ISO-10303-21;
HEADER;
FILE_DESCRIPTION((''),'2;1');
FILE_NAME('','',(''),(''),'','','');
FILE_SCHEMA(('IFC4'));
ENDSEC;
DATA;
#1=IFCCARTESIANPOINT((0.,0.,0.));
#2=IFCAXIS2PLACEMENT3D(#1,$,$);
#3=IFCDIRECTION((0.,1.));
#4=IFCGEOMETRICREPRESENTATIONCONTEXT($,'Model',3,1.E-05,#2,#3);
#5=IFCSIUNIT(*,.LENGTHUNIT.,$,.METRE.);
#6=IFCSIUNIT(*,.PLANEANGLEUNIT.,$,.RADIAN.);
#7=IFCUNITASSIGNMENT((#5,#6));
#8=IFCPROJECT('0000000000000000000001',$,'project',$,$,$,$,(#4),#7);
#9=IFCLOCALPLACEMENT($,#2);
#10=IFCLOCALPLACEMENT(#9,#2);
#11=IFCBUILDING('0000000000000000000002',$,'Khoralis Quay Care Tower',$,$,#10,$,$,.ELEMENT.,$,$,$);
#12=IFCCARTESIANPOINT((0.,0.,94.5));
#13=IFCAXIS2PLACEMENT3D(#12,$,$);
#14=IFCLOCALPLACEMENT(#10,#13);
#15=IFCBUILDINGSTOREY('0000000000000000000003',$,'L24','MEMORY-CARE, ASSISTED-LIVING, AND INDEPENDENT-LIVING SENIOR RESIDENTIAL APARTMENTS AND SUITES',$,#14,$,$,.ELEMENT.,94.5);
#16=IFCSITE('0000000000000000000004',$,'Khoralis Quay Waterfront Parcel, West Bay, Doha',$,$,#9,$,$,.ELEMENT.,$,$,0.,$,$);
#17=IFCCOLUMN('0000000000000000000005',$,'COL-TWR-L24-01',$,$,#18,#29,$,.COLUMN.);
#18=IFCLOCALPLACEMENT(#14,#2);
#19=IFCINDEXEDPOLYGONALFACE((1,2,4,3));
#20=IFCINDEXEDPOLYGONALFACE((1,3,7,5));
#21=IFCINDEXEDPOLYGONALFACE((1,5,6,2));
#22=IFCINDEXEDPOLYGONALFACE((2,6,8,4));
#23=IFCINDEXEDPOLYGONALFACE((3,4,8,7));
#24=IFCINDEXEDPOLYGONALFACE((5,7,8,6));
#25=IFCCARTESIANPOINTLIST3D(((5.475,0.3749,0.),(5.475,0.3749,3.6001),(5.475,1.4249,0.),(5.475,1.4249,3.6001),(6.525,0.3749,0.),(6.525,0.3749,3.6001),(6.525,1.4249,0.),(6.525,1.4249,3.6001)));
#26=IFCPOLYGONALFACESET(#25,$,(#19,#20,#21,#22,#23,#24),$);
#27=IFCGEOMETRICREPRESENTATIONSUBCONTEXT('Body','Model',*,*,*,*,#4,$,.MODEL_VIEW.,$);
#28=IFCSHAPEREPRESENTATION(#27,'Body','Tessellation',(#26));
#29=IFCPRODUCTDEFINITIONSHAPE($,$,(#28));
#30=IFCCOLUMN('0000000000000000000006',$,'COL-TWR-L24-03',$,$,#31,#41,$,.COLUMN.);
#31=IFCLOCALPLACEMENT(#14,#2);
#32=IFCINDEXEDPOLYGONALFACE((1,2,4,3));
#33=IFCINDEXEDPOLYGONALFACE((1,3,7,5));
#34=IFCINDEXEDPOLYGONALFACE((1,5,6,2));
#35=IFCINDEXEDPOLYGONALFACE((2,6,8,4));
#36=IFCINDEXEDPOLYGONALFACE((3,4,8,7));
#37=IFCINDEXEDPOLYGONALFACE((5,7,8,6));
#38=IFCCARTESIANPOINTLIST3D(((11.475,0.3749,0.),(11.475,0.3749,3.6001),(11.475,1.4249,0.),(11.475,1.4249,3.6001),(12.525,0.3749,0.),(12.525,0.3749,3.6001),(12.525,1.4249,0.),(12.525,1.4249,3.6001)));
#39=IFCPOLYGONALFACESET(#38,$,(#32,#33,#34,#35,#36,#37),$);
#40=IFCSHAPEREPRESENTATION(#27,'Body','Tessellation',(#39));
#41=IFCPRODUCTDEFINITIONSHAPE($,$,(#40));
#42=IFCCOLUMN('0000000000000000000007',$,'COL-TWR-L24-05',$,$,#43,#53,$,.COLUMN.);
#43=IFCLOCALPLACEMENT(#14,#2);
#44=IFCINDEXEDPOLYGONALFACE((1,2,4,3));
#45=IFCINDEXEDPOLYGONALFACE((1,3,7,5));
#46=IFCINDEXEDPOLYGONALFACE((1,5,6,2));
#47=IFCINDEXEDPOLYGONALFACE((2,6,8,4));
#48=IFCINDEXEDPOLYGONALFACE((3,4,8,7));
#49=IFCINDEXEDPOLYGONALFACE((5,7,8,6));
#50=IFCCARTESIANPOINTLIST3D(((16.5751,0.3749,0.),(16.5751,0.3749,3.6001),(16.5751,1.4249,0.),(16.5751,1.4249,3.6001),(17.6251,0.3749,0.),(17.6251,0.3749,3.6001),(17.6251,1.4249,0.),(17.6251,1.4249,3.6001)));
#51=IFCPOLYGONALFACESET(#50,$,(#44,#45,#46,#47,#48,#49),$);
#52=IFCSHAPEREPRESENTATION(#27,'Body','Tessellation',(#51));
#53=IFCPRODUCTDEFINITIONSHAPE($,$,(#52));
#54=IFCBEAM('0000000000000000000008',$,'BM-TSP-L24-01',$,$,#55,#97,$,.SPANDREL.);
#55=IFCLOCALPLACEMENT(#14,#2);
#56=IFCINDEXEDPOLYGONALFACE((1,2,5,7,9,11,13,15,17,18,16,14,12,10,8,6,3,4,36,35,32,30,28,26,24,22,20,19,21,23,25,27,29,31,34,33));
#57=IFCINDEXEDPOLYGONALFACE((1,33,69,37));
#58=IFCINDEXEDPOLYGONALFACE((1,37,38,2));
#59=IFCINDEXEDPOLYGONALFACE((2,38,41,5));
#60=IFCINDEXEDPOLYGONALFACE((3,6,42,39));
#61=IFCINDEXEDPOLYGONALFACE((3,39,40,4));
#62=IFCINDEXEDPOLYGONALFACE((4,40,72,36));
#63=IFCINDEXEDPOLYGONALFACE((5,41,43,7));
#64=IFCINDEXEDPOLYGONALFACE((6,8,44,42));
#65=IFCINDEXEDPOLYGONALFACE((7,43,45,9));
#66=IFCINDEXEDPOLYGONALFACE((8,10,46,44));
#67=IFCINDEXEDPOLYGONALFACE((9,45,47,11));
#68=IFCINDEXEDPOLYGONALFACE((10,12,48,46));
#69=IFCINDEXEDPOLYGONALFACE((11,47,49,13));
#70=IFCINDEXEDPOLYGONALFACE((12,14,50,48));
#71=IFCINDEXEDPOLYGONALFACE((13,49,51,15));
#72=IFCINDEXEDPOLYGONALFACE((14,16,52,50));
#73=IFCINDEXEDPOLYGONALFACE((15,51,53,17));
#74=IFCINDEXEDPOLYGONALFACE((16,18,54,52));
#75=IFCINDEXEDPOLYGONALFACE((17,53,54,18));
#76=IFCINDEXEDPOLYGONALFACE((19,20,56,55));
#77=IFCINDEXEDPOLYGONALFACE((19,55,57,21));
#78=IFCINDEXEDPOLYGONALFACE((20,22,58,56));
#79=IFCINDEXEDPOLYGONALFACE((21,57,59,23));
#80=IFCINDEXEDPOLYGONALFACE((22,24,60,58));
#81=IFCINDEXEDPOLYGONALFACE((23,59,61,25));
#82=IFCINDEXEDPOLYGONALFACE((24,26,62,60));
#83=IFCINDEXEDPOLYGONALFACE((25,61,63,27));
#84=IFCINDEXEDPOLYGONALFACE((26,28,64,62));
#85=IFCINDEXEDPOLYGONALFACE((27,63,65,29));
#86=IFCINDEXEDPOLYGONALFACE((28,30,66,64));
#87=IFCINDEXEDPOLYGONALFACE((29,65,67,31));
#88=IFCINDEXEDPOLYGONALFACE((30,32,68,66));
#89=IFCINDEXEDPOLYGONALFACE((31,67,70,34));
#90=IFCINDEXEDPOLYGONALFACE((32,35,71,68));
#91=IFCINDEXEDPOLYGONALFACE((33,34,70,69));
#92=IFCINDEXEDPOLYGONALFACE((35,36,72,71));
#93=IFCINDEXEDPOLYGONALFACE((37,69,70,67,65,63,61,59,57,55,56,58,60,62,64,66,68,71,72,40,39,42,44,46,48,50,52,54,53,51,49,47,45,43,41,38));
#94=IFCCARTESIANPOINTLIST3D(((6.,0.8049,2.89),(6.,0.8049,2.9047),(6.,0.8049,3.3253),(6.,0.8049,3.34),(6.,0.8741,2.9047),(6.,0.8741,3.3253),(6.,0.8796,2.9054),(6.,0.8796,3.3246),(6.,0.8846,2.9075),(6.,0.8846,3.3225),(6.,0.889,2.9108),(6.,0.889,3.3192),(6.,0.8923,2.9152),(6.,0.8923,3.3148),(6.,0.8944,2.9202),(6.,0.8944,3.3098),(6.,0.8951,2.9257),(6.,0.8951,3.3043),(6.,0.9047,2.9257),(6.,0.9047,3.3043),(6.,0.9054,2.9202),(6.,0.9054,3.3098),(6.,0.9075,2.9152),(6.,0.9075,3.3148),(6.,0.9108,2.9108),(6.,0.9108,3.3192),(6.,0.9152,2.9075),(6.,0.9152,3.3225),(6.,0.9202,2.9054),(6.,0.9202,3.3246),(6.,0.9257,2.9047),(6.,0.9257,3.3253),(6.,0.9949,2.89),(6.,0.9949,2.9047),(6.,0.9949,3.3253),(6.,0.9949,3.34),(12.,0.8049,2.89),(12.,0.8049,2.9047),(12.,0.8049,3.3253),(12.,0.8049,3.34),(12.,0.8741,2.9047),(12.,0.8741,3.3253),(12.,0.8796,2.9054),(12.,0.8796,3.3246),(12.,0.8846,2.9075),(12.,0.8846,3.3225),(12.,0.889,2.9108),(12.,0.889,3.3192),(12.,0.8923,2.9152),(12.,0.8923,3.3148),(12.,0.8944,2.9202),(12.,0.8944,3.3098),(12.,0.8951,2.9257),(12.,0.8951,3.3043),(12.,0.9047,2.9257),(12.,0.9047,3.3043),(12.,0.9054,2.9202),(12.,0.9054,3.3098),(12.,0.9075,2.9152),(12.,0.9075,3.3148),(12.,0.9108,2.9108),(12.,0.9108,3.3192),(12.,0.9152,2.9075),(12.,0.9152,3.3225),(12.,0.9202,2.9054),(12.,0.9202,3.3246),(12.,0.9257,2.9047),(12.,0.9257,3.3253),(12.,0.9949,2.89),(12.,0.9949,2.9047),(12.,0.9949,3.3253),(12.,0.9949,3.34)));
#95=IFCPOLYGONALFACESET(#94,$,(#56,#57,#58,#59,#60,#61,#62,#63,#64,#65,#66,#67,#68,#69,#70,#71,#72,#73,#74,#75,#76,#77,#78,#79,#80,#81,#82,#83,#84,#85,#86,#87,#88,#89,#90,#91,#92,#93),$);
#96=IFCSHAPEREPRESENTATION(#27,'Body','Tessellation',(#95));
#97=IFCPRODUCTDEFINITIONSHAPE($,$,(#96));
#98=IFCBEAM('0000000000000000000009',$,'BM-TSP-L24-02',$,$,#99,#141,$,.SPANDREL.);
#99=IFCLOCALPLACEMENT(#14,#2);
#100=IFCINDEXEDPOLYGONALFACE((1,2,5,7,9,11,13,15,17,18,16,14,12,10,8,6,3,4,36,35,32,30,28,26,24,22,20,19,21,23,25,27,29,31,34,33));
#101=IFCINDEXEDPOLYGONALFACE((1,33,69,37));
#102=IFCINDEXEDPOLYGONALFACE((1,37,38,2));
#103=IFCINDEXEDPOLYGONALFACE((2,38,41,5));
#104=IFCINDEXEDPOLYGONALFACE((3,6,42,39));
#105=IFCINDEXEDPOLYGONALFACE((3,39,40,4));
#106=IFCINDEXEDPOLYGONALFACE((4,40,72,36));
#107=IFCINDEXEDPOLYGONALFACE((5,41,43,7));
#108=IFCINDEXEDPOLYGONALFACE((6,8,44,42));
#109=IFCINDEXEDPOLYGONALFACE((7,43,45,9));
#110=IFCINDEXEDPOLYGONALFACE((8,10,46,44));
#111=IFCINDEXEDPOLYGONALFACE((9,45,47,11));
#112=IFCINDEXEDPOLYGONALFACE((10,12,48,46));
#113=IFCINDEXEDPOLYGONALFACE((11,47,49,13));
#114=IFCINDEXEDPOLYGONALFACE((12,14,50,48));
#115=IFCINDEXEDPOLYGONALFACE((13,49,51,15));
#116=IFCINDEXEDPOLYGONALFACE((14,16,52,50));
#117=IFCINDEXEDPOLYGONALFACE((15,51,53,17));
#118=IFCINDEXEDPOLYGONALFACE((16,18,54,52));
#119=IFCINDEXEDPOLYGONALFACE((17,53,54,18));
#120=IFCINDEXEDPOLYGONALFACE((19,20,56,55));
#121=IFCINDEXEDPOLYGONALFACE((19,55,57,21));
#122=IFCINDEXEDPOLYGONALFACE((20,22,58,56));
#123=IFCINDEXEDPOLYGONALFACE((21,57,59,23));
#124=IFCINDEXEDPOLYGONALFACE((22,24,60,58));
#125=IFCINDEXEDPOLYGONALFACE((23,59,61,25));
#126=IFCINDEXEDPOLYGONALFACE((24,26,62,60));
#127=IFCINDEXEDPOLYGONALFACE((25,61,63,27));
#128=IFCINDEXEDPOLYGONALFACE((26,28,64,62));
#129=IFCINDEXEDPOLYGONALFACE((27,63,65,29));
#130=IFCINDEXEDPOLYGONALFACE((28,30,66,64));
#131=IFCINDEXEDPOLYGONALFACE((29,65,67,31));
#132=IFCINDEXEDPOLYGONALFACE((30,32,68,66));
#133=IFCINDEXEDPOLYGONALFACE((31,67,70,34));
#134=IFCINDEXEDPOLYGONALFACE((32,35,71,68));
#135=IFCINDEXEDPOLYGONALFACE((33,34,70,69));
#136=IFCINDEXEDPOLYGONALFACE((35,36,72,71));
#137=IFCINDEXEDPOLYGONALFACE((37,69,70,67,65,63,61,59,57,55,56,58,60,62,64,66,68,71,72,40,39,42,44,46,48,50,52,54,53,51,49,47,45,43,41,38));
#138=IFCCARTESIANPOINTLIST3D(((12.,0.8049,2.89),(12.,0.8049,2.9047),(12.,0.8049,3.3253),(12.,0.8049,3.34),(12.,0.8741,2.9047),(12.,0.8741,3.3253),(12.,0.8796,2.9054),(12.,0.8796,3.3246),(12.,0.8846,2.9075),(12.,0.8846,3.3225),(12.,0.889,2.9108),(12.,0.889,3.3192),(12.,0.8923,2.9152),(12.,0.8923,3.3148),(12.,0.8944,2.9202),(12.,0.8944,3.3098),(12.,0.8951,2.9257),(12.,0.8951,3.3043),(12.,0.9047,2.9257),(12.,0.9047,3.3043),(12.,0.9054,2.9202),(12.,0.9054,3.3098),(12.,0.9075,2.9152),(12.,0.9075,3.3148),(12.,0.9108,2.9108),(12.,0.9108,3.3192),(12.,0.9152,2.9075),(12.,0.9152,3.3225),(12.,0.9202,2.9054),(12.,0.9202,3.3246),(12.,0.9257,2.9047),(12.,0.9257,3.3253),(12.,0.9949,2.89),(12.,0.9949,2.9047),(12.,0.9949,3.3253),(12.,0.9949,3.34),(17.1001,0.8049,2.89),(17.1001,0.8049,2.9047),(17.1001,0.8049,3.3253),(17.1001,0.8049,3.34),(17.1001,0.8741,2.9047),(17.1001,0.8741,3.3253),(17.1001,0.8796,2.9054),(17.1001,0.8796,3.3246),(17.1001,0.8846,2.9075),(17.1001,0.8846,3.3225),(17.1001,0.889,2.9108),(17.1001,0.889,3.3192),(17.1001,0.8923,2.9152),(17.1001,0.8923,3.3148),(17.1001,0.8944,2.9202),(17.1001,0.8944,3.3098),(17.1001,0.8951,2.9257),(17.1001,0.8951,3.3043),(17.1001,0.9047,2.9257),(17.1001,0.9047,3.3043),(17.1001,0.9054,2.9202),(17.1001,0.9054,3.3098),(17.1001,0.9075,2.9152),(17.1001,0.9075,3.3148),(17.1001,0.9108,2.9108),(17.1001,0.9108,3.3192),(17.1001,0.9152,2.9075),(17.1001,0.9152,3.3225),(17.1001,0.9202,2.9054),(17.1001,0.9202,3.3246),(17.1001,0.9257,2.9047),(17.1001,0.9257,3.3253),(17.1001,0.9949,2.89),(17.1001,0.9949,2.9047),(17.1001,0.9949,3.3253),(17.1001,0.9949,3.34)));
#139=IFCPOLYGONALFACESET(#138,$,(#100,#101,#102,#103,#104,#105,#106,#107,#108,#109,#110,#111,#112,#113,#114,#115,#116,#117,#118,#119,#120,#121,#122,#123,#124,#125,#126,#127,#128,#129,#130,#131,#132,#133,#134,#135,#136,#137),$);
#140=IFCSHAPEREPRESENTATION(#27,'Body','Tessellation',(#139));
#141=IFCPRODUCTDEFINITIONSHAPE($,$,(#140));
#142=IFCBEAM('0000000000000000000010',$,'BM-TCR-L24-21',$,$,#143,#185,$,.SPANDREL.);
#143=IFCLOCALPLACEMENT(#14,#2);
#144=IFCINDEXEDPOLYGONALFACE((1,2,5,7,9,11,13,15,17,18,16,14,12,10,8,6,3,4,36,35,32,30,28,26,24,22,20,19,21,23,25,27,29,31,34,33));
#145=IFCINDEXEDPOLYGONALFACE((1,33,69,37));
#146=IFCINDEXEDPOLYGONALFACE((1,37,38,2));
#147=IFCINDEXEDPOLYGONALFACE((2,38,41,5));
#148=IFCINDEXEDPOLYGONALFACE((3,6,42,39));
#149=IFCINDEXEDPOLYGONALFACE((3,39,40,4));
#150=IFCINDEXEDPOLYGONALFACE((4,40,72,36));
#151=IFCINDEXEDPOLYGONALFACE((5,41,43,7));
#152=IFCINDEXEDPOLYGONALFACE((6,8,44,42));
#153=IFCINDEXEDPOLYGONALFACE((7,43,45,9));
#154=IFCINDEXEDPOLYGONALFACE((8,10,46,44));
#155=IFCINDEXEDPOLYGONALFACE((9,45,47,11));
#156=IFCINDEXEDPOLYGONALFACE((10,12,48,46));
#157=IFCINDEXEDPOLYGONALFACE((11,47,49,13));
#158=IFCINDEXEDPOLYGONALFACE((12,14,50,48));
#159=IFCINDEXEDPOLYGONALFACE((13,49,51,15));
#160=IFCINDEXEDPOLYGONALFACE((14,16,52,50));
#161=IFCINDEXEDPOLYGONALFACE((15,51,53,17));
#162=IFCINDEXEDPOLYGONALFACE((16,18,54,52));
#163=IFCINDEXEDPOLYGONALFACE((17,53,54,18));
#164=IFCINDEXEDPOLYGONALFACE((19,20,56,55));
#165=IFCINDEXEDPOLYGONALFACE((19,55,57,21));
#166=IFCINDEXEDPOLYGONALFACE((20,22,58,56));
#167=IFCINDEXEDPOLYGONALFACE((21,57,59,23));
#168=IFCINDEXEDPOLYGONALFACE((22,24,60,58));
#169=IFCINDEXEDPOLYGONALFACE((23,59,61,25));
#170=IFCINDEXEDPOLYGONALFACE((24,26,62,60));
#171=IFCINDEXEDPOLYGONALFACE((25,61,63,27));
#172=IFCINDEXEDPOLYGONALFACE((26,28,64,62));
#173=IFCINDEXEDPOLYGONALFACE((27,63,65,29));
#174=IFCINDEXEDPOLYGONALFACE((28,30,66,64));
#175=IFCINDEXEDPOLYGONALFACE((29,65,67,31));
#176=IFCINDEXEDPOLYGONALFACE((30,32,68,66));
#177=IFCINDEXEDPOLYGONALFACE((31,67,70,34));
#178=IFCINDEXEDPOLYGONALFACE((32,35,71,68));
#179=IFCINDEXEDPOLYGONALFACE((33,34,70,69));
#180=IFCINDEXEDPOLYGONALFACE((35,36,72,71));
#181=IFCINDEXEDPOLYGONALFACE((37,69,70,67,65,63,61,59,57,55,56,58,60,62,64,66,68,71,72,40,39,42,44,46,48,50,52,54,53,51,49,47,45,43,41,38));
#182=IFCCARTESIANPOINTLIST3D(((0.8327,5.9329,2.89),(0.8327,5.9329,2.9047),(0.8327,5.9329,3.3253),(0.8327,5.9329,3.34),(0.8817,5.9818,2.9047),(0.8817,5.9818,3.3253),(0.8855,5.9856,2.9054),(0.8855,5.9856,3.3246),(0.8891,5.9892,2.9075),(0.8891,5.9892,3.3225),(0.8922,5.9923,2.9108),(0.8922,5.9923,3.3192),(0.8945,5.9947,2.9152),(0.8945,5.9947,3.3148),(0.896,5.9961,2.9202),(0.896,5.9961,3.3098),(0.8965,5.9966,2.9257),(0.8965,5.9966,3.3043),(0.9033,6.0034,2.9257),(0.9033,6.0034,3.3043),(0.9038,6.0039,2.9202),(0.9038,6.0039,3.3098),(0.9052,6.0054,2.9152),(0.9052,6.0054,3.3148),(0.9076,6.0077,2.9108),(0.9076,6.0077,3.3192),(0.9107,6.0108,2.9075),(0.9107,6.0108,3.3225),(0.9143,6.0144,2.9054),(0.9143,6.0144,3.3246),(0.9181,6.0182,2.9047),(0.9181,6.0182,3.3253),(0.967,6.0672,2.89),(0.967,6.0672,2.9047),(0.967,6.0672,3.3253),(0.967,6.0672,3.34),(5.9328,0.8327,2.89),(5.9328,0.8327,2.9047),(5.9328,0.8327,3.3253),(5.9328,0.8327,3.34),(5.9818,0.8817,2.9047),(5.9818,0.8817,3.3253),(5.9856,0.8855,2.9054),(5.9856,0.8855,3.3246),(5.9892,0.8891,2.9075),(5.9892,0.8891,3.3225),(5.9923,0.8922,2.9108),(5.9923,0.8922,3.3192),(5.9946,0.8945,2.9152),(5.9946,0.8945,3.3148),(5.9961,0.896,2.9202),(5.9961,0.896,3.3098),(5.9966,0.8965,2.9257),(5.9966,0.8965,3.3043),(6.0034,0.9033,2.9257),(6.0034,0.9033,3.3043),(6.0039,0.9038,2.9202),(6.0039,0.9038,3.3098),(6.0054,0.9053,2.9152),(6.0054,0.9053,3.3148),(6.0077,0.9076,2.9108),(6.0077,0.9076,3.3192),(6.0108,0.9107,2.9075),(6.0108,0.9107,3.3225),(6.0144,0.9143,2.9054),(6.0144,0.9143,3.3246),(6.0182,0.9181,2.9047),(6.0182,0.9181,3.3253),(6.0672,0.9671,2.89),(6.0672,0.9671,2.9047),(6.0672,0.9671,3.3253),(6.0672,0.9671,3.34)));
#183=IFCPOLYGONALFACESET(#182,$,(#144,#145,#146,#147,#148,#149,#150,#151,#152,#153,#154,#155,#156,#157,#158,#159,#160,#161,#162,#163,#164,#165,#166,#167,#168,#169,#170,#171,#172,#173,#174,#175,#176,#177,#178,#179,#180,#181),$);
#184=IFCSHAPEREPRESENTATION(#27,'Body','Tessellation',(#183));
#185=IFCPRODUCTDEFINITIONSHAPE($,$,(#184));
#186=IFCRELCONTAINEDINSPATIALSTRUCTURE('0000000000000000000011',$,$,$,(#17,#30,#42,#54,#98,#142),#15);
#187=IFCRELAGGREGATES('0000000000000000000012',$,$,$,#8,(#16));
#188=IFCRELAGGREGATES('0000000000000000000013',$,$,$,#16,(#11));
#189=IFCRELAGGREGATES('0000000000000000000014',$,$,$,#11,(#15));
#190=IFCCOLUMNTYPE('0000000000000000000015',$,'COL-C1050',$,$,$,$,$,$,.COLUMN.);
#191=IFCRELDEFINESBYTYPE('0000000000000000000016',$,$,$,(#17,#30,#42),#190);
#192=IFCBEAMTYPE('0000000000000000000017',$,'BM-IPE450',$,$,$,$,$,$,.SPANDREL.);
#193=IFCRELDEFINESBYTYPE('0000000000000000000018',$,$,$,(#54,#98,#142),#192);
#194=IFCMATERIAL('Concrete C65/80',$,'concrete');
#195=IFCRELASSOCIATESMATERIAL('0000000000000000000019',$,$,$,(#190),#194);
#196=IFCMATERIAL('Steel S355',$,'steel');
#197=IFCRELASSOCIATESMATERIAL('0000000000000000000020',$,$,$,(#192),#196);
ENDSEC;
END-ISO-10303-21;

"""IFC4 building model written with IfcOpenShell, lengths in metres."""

from ifc_helpers import new_model, si_unit, direction, frame, origin, origin_2d, place, context, subcontext, project, spatial, rectangle, i_section, extrude, source, transform, mapped, material, material_profile, profile_set, type_object, element, save


model = new_model("IFC4")

# Units and contexts
model_context = context("Model", 3, precision=1e-05, world=origin(), true_north=direction((0.0, 1.0)))
body_context = subcontext(model_context, "Body", "Model", "MODEL_VIEW")
ifc_project = project(units=[si_unit("LENGTHUNIT", "METRE"), si_unit("PLANEANGLEUNIT", "RADIAN")], contexts=[model_context])

# Site, building, storey
site_placement = place(None, origin())
site = spatial("IfcSite", under=ifc_project, at=site_placement, Name="Khoralis Quay Waterfront Parcel, West Bay, Doha", CompositionType="ELEMENT", RefElevation=0.0)
building_placement = place(site_placement, origin())
building = spatial("IfcBuilding", under=site, at=building_placement, Name="Khoralis Quay Care Tower", CompositionType="ELEMENT")
storey_placement = place(building_placement, frame((0.0, 0.0, 94.5)))
storey = spatial("IfcBuildingStorey", under=building, at=storey_placement, Name="L24", Description="MEMORY-CARE, ASSISTED-LIVING, AND INDEPENDENT-LIVING SENIOR RESIDENTIAL APARTMENTS AND SUITES", CompositionType="ELEMENT", Elevation=94.5)

# Columns
ifc_material_1 = material(Name="Concrete C65/80", Category="concrete")
ifc_material_profile_1 = material_profile(ifc_material_1, rectangle(XDim=1.05, YDim=1.05, at=origin_2d()), Name="Concrete C65/80")
ifc_profile_set_1 = profile_set([ifc_material_profile_1], Name="Concrete C65/80")
column_type = type_object("IfcColumnType", Name="COL-C1050", PredefinedType="COLUMN", material=ifc_profile_set_1)
shared_shape_1 = source(origin(), body_context, "Body", "SweptSolid", [
    extrude(rectangle(XDim=1.05, YDim=1.05, at=origin_2d()), origin(), (0.0, 0.0, 1.0), 3.6001),
])
for number, where, z_axis, x_axis, name in (
    (1, (6.0, 0.8999, 0.0), (0.0, 0.0, 1.0), (1.0, 0.0, 0.0), "COL-TWR-L24-01"),
    (2, (12.0, 0.8999, 0.0), (0.0, 0.0, 1.0), (1.0, 0.0, 0.0), "COL-TWR-L24-03"),
    (3, (17.1001, 0.8999, 0.0), (0.0, 0.0, 1.0), (1.0, 0.0, 0.0), "COL-TWR-L24-05"),
):
    element("IfcColumn", number, at=place(storey_placement, frame(where, z_axis=z_axis, x_axis=x_axis)), inside=storey, type_object=column_type, Name=name, PredefinedType="COLUMN", context=body_context, shape_type="MappedRepresentation", body=[
        mapped(shared_shape_1, transform((0.0, 0.0, 0.0), scale=1.0)),
    ])

# Beams
ifc_material_2 = material(Name="Steel S355", Category="steel")
ifc_material_profile_2 = material_profile(ifc_material_2, i_section(OverallWidth=0.1899, OverallDepth=0.45, WebThickness=0.0095, FlangeThickness=0.0146, FilletRadius=0.021, at=origin_2d()), Name="Steel S355")
ifc_profile_set_2 = profile_set([ifc_material_profile_2], Name="Steel S355")
beam_type_1 = type_object("IfcBeamType", Name="BM-IPE450", PredefinedType="SPANDREL", material=ifc_profile_set_2)
shared_shape_2 = source(origin(), body_context, "Body", "SweptSolid", [
    extrude(i_section(OverallWidth=0.1899, OverallDepth=0.45, WebThickness=0.0095, FlangeThickness=0.0146, FilletRadius=0.021, at=origin_2d()), origin(), (0.0, 0.0, 1.0), 6.0),
])
beam_1_placement = place(storey_placement, frame((6.0, 0.8999, 3.115), z_axis=(1.0, 0.0, 0.0), x_axis=(0.0, 1.0, 0.0)))
element("IfcBeam", 4, at=beam_1_placement, inside=storey, type_object=beam_type_1, Name="BM-TSP-L24-01", PredefinedType="SPANDREL", context=body_context, shape_type="MappedRepresentation", body=[
    mapped(shared_shape_2, transform((0.0, 0.0, 0.0), scale=1.0)),
])
shared_shape_3 = source(origin(), body_context, "Body", "SweptSolid", [
    extrude(i_section(OverallWidth=0.1899, OverallDepth=0.45, WebThickness=0.0095, FlangeThickness=0.0146, FilletRadius=0.021, at=origin_2d()), origin(), (0.0, 0.0, 1.0), 5.1001),
])
beam_2_placement = place(storey_placement, frame((12.0, 0.8999, 3.115), z_axis=(1.0, 0.0, 0.0), x_axis=(0.0, 1.0, 0.0)))
element("IfcBeam", 5, at=beam_2_placement, inside=storey, type_object=beam_type_1, Name="BM-TSP-L24-02", PredefinedType="SPANDREL", context=body_context, shape_type="MappedRepresentation", body=[
    mapped(shared_shape_3, transform((0.0, 0.0, 0.0), scale=1.0)),
])
shared_shape_4 = source(origin(), body_context, "Body", "SweptSolid", [
    extrude(i_section(OverallWidth=0.1899, OverallDepth=0.45, WebThickness=0.0095, FlangeThickness=0.0146, FilletRadius=0.021, at=origin_2d()), origin(), (0.0, 0.0, 1.0), 7.2126),
])
beam_3_placement = place(storey_placement, frame((6.0, 0.8999, 3.115), z_axis=(-0.707107, 0.707107, 0.0), x_axis=(-0.707107, -0.707107, 0.0)))
element("IfcBeam", 6, at=beam_3_placement, inside=storey, type_object=beam_type_1, Name="BM-TCR-L24-21", PredefinedType="SPANDREL", context=body_context, shape_type="MappedRepresentation", body=[
    mapped(shared_shape_4, transform((0.0, 0.0, 0.0), scale=1.0)),
])

save(model, "model.ifc")
